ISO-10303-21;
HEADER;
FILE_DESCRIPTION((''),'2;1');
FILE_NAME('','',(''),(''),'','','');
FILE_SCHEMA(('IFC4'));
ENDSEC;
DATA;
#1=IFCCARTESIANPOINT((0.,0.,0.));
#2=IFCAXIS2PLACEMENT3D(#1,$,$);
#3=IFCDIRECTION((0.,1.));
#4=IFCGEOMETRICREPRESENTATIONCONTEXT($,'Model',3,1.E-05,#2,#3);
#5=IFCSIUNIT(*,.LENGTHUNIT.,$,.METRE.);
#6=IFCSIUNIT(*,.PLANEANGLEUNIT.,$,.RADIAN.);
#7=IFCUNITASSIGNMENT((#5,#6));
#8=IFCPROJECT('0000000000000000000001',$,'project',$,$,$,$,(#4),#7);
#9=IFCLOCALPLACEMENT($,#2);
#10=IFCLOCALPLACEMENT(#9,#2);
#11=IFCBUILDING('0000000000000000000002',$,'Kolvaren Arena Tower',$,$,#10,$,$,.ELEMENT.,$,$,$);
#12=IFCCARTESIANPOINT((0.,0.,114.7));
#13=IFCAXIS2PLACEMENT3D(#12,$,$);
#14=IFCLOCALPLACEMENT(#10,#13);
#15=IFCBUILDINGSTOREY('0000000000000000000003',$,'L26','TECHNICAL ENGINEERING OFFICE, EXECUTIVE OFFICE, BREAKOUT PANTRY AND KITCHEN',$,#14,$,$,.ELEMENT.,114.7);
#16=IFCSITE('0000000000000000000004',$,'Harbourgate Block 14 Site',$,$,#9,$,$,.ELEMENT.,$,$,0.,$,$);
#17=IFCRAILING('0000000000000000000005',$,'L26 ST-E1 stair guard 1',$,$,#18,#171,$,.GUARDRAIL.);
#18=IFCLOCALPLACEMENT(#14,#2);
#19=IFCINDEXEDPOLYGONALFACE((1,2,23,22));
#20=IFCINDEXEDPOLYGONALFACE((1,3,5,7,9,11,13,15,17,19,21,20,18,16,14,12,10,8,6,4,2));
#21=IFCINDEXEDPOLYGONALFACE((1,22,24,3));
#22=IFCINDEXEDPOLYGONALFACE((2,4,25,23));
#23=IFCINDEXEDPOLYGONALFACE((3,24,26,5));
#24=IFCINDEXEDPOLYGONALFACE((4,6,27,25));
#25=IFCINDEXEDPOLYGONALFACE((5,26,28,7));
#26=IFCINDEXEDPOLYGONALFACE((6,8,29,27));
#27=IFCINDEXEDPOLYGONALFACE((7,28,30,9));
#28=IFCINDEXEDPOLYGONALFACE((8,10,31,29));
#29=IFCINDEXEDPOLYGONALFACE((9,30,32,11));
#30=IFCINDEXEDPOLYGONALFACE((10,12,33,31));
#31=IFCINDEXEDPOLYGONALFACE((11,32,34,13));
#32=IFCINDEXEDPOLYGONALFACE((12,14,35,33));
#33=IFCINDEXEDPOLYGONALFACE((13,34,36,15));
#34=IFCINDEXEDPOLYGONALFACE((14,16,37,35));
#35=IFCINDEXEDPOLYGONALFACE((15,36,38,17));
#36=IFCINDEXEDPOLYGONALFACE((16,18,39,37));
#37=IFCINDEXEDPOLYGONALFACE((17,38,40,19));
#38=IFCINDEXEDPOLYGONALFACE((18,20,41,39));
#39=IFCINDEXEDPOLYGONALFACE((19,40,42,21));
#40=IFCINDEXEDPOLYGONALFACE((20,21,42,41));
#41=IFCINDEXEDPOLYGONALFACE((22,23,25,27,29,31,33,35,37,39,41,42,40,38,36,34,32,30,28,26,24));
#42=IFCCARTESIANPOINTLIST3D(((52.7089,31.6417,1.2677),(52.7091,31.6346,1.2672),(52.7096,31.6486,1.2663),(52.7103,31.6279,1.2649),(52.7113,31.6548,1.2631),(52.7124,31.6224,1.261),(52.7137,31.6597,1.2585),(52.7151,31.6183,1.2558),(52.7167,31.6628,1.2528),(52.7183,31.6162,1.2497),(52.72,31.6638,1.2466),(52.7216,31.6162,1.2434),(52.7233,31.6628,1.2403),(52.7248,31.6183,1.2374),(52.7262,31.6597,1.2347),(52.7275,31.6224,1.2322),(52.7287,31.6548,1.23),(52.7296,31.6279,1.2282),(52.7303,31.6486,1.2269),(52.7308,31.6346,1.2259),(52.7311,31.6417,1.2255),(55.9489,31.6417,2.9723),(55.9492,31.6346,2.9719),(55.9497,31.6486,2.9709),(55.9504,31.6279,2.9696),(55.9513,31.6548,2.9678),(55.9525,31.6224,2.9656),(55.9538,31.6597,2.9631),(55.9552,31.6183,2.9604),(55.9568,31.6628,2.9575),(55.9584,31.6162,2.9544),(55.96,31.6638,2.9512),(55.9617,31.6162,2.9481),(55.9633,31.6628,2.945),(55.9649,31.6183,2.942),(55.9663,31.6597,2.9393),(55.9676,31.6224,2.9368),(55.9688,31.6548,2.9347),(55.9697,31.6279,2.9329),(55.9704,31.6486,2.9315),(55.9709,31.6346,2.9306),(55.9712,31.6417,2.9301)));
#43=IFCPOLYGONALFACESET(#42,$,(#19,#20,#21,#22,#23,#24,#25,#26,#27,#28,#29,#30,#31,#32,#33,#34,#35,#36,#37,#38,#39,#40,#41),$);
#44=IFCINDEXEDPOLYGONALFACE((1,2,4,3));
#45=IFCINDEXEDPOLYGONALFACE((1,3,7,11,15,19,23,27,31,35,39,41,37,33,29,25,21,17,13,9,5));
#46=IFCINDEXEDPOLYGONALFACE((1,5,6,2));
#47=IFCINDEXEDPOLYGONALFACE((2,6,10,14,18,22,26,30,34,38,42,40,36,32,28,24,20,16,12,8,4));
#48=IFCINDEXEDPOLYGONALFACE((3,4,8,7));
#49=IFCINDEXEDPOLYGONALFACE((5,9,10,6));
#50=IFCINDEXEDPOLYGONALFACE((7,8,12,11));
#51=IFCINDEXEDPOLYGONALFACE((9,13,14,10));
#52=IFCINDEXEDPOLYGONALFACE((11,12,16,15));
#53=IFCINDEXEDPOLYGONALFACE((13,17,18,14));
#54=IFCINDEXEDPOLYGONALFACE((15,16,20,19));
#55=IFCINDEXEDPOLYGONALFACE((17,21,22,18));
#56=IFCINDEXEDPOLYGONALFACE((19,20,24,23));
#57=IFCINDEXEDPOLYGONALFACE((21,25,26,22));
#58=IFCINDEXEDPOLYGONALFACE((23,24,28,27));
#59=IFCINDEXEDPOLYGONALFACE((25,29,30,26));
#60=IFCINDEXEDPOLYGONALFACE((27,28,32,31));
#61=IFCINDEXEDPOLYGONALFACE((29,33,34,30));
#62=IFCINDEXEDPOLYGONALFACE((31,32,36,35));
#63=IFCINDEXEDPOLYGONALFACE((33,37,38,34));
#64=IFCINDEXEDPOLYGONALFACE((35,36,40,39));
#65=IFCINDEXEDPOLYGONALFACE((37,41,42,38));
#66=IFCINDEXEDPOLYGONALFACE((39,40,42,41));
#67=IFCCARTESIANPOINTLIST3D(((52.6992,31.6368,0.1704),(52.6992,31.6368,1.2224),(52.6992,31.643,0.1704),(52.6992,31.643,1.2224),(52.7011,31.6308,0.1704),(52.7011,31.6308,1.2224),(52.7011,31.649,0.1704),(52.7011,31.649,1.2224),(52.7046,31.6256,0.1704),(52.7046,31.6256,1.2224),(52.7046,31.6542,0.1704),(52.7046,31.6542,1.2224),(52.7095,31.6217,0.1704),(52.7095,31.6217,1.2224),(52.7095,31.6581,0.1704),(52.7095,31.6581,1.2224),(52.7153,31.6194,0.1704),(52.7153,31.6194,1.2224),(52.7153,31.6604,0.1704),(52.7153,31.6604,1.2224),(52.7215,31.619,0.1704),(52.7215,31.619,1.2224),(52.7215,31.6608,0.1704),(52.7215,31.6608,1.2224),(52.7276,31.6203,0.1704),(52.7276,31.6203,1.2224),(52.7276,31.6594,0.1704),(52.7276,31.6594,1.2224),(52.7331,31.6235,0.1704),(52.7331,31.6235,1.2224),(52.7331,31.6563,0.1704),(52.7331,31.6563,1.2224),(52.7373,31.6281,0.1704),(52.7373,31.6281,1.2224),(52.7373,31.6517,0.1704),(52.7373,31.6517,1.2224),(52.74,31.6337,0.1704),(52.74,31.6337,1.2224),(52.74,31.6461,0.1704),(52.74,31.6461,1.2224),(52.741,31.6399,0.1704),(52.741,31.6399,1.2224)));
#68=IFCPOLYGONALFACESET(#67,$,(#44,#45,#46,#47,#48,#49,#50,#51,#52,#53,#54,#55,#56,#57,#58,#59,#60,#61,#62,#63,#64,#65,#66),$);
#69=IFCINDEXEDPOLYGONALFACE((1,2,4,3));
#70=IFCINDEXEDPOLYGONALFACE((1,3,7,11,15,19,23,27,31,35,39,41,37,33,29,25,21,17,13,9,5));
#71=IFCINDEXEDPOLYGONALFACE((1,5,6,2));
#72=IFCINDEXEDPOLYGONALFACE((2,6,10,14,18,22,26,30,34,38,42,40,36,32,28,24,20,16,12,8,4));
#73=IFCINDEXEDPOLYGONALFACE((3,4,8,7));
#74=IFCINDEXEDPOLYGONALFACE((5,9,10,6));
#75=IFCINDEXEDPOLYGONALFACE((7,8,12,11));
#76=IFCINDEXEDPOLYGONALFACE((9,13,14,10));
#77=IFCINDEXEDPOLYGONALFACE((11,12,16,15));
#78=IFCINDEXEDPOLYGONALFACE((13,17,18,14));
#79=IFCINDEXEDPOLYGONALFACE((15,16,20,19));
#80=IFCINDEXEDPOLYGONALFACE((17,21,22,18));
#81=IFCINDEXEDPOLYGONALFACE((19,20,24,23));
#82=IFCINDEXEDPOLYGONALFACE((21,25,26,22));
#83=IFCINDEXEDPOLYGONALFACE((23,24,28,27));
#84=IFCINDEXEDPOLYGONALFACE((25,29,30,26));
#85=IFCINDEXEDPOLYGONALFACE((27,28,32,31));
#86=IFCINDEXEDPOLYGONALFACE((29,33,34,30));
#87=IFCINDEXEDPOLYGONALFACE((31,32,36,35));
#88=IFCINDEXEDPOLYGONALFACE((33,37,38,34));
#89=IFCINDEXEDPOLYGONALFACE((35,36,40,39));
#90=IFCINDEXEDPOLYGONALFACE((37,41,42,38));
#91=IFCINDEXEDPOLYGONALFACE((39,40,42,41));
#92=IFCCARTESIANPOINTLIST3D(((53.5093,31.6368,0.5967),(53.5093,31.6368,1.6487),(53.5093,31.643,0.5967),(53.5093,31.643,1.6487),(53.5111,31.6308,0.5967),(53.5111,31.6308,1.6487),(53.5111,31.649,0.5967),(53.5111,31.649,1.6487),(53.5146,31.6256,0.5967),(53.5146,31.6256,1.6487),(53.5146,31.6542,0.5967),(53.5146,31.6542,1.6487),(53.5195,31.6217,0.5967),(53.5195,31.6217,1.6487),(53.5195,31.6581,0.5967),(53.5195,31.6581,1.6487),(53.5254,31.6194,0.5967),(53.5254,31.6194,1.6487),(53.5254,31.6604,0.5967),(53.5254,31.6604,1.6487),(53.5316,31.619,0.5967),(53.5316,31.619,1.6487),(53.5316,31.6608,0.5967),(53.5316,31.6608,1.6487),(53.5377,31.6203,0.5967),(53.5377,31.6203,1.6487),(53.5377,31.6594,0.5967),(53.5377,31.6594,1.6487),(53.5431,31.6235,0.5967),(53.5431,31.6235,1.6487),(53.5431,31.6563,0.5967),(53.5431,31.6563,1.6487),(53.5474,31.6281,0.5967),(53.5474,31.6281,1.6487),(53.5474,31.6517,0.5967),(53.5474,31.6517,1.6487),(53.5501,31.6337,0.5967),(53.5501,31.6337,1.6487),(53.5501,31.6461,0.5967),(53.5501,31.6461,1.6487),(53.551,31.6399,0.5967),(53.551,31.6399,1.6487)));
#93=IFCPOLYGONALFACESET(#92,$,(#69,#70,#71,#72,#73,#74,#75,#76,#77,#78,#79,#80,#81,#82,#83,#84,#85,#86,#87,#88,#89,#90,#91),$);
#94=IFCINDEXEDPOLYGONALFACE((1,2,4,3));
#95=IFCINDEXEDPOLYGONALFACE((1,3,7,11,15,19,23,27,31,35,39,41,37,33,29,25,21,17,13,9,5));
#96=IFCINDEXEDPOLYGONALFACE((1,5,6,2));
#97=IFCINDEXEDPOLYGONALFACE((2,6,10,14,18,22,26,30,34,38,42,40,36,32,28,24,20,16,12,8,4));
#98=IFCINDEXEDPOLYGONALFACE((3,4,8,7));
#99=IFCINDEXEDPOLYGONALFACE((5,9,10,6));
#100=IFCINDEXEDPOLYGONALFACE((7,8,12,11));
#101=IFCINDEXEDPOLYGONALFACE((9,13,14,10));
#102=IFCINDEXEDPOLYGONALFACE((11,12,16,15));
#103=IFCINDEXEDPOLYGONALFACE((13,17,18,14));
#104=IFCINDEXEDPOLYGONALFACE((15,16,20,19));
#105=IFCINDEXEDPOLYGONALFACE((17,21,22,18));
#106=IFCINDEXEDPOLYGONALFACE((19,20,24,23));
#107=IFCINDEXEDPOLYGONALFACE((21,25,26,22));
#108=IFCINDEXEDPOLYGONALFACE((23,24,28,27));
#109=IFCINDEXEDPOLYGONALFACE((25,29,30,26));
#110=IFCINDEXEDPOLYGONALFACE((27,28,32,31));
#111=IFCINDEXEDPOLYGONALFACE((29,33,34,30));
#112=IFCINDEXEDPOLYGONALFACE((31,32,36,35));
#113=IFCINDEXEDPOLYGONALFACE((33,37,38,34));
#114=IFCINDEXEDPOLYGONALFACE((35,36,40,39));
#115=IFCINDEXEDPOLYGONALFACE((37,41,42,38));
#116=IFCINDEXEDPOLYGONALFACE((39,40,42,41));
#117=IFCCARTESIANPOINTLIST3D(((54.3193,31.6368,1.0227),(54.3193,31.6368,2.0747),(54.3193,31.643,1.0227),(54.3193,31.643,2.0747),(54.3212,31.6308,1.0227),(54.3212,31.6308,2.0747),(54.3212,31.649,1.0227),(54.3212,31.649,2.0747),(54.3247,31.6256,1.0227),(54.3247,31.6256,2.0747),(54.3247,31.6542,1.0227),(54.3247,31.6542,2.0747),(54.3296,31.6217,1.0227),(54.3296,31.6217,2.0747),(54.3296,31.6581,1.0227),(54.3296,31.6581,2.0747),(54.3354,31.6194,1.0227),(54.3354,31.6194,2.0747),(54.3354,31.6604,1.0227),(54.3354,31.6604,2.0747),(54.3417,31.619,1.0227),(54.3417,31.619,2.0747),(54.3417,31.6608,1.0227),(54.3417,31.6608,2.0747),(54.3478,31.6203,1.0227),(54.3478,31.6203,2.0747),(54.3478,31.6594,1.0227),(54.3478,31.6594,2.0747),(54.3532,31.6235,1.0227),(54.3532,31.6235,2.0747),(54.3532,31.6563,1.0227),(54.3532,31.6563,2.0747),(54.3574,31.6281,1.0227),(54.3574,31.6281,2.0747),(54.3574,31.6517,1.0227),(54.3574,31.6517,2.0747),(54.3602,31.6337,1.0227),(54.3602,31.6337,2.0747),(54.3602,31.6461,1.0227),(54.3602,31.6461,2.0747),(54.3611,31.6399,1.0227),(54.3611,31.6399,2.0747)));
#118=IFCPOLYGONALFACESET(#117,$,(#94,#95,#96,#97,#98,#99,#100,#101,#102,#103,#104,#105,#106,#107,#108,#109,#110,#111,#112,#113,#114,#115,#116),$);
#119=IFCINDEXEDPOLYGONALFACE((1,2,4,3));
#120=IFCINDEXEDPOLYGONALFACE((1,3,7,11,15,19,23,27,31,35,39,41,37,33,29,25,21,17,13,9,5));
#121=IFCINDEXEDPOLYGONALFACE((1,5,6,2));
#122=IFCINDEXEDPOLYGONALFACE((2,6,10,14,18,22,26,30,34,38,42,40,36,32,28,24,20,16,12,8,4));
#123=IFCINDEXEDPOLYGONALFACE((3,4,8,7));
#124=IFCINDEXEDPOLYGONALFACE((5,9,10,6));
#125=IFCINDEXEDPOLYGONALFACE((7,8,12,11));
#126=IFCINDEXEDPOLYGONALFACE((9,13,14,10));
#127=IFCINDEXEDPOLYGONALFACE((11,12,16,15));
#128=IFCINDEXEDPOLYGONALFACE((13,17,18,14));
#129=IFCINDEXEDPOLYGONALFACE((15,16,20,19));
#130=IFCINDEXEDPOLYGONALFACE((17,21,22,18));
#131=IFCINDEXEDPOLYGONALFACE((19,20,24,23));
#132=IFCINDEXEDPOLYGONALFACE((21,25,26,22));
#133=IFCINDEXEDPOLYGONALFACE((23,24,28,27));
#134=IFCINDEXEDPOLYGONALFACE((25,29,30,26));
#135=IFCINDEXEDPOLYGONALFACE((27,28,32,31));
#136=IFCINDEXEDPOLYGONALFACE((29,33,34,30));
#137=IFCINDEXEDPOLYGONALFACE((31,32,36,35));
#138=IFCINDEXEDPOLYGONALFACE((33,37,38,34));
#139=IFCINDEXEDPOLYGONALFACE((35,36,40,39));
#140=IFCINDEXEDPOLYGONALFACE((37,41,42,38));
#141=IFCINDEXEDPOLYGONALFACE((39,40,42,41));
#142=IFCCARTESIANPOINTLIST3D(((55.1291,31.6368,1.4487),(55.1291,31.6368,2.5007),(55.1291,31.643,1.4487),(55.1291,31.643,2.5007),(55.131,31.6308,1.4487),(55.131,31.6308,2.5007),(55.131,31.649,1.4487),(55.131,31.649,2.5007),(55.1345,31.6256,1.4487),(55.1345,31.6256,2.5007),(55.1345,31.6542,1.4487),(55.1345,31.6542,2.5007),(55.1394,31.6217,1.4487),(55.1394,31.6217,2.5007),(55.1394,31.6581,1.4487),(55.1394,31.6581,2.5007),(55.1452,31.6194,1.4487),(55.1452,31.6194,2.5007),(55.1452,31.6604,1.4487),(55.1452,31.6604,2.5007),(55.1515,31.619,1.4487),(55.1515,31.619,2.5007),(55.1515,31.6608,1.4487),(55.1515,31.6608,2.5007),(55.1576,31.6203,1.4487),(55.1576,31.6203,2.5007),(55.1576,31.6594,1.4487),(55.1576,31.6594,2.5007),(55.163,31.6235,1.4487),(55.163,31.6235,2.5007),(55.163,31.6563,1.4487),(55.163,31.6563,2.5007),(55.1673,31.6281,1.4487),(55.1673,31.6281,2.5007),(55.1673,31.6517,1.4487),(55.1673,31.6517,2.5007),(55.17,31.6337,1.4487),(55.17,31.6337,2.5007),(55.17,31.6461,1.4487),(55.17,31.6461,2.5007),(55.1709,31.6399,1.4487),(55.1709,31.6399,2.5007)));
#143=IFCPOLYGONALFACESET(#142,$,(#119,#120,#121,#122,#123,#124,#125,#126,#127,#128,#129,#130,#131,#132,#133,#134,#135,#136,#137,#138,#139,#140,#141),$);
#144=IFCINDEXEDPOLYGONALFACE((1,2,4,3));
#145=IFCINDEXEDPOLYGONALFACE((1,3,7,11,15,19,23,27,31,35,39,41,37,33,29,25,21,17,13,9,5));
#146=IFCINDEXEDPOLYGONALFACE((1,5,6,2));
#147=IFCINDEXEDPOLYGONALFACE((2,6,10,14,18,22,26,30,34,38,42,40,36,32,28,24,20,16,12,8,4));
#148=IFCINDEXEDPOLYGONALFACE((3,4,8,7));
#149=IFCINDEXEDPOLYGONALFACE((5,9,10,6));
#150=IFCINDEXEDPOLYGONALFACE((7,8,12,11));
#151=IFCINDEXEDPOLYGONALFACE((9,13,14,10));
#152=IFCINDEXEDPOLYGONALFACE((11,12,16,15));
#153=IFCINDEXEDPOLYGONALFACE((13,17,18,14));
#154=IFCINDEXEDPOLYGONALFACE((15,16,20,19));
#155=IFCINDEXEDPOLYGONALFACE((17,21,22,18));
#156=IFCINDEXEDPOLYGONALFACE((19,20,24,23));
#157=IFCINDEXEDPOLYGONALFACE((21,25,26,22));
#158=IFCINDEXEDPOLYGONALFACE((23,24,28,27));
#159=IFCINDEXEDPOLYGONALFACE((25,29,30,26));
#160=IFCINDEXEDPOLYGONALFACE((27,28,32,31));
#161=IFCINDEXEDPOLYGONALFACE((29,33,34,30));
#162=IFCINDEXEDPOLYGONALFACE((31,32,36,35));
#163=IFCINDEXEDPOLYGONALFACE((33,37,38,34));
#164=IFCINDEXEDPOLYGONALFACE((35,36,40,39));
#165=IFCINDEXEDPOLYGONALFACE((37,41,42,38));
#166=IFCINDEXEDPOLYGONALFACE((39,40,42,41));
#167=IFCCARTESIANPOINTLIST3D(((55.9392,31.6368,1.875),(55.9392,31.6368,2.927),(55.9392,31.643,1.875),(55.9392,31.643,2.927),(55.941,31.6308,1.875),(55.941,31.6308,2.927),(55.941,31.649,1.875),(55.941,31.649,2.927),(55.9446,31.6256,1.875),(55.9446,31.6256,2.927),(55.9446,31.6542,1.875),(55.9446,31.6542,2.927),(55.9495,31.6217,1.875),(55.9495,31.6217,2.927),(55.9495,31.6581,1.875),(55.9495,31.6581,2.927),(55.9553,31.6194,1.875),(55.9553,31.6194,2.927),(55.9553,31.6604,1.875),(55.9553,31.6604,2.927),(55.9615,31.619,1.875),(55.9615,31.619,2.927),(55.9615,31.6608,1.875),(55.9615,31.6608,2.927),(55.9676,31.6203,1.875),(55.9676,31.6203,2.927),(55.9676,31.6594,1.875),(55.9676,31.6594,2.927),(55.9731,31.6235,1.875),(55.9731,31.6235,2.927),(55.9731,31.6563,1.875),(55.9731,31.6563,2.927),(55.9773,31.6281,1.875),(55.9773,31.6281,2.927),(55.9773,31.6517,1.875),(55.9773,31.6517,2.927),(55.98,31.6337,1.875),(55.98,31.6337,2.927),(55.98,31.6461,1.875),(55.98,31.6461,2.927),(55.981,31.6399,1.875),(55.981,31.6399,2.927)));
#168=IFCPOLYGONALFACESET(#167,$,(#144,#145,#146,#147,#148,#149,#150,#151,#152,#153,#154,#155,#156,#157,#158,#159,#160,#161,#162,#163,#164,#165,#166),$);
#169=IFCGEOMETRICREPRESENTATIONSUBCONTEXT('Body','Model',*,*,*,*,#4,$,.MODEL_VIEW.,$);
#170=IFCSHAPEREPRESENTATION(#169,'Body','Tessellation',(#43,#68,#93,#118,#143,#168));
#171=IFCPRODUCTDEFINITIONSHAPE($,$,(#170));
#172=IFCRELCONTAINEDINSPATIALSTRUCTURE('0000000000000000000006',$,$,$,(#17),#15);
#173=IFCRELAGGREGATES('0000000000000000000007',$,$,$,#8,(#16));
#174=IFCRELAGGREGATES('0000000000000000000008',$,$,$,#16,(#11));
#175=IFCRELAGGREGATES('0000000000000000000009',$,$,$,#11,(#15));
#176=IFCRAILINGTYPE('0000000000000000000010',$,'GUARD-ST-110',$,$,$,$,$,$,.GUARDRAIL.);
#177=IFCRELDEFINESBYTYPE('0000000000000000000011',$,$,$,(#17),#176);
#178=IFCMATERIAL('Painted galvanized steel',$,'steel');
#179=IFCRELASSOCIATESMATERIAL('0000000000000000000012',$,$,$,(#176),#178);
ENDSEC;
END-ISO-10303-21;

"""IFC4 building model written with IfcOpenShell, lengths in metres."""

from ifc_helpers import new_model, si_unit, direction, frame, origin, origin_2d, place, context, subcontext, project, spatial, circle, extrude, material, type_object, element, save


model = new_model("IFC4")

# Units and contexts
model_context = context("Model", 3, precision=1e-05, world=origin(), true_north=direction((0.0, 1.0)))
body_context = subcontext(model_context, "Body", "Model", "MODEL_VIEW")
ifc_project = project(units=[si_unit("LENGTHUNIT", "METRE"), si_unit("PLANEANGLEUNIT", "RADIAN")], contexts=[model_context])

# Site, building, storey
site_placement = place(None, origin())
site = spatial("IfcSite", under=ifc_project, at=site_placement, Name="Harbourgate Block 14 Site", CompositionType="ELEMENT", RefElevation=0.0)
building_placement = place(site_placement, origin())
building = spatial("IfcBuilding", under=site, at=building_placement, Name="Kolvaren Arena Tower", CompositionType="ELEMENT")
storey_placement = place(building_placement, frame((0.0, 0.0, 114.7)))
storey = spatial("IfcBuildingStorey", under=building, at=storey_placement, Name="L26", Description="TECHNICAL ENGINEERING OFFICE, EXECUTIVE OFFICE, BREAKOUT PANTRY AND KITCHEN", CompositionType="ELEMENT", Elevation=114.7)

# Railing
ifc_material_1 = material(Name="Painted galvanized steel", Category="steel")
railing_type_1 = type_object("IfcRailingType", Name="GUARD-ST-110", PredefinedType="GUARDRAIL", material=ifc_material_1)
railing_1_placement = place(storey_placement, frame((52.72, 31.6399, 0.1704)))
element("IfcRailing", 1, at=railing_1_placement, inside=storey, type_object=railing_type_1, Name="L26 ST-E1 stair guard 1", PredefinedType="GUARDRAIL", context=body_context, shape_type="SweptSolid", body=[
    extrude(circle(Radius=0.0239, at=origin_2d()), frame((0.0, 0.0, 1.0762), z_axis=(0.884993, 0.0, 0.465604), x_axis=(0.0, 1.0, 0.0)), (0.0, 0.0, 1.0), 3.6611),
    extrude(circle(Radius=0.021, at=origin_2d()), origin(), (0.0, 0.0, 1.0), 1.052),
    extrude(circle(Radius=0.021, at=origin_2d()), frame((0.8101, 0.0, 0.4263)), (0.0, 0.0, 1.0), 1.052),
    extrude(circle(Radius=0.021, at=origin_2d()), frame((1.6201, 0.0, 0.8523)), (0.0, 0.0, 1.0), 1.052),
    extrude(circle(Radius=0.021, at=origin_2d()), frame((2.4299, 0.0, 1.2783)), (0.0, 0.0, 1.0), 1.052),
    extrude(circle(Radius=0.021, at=origin_2d()), frame((3.24, 0.0, 1.7046)), (0.0, 0.0, 1.0), 1.052),
])

save(model, "model.ifc")
